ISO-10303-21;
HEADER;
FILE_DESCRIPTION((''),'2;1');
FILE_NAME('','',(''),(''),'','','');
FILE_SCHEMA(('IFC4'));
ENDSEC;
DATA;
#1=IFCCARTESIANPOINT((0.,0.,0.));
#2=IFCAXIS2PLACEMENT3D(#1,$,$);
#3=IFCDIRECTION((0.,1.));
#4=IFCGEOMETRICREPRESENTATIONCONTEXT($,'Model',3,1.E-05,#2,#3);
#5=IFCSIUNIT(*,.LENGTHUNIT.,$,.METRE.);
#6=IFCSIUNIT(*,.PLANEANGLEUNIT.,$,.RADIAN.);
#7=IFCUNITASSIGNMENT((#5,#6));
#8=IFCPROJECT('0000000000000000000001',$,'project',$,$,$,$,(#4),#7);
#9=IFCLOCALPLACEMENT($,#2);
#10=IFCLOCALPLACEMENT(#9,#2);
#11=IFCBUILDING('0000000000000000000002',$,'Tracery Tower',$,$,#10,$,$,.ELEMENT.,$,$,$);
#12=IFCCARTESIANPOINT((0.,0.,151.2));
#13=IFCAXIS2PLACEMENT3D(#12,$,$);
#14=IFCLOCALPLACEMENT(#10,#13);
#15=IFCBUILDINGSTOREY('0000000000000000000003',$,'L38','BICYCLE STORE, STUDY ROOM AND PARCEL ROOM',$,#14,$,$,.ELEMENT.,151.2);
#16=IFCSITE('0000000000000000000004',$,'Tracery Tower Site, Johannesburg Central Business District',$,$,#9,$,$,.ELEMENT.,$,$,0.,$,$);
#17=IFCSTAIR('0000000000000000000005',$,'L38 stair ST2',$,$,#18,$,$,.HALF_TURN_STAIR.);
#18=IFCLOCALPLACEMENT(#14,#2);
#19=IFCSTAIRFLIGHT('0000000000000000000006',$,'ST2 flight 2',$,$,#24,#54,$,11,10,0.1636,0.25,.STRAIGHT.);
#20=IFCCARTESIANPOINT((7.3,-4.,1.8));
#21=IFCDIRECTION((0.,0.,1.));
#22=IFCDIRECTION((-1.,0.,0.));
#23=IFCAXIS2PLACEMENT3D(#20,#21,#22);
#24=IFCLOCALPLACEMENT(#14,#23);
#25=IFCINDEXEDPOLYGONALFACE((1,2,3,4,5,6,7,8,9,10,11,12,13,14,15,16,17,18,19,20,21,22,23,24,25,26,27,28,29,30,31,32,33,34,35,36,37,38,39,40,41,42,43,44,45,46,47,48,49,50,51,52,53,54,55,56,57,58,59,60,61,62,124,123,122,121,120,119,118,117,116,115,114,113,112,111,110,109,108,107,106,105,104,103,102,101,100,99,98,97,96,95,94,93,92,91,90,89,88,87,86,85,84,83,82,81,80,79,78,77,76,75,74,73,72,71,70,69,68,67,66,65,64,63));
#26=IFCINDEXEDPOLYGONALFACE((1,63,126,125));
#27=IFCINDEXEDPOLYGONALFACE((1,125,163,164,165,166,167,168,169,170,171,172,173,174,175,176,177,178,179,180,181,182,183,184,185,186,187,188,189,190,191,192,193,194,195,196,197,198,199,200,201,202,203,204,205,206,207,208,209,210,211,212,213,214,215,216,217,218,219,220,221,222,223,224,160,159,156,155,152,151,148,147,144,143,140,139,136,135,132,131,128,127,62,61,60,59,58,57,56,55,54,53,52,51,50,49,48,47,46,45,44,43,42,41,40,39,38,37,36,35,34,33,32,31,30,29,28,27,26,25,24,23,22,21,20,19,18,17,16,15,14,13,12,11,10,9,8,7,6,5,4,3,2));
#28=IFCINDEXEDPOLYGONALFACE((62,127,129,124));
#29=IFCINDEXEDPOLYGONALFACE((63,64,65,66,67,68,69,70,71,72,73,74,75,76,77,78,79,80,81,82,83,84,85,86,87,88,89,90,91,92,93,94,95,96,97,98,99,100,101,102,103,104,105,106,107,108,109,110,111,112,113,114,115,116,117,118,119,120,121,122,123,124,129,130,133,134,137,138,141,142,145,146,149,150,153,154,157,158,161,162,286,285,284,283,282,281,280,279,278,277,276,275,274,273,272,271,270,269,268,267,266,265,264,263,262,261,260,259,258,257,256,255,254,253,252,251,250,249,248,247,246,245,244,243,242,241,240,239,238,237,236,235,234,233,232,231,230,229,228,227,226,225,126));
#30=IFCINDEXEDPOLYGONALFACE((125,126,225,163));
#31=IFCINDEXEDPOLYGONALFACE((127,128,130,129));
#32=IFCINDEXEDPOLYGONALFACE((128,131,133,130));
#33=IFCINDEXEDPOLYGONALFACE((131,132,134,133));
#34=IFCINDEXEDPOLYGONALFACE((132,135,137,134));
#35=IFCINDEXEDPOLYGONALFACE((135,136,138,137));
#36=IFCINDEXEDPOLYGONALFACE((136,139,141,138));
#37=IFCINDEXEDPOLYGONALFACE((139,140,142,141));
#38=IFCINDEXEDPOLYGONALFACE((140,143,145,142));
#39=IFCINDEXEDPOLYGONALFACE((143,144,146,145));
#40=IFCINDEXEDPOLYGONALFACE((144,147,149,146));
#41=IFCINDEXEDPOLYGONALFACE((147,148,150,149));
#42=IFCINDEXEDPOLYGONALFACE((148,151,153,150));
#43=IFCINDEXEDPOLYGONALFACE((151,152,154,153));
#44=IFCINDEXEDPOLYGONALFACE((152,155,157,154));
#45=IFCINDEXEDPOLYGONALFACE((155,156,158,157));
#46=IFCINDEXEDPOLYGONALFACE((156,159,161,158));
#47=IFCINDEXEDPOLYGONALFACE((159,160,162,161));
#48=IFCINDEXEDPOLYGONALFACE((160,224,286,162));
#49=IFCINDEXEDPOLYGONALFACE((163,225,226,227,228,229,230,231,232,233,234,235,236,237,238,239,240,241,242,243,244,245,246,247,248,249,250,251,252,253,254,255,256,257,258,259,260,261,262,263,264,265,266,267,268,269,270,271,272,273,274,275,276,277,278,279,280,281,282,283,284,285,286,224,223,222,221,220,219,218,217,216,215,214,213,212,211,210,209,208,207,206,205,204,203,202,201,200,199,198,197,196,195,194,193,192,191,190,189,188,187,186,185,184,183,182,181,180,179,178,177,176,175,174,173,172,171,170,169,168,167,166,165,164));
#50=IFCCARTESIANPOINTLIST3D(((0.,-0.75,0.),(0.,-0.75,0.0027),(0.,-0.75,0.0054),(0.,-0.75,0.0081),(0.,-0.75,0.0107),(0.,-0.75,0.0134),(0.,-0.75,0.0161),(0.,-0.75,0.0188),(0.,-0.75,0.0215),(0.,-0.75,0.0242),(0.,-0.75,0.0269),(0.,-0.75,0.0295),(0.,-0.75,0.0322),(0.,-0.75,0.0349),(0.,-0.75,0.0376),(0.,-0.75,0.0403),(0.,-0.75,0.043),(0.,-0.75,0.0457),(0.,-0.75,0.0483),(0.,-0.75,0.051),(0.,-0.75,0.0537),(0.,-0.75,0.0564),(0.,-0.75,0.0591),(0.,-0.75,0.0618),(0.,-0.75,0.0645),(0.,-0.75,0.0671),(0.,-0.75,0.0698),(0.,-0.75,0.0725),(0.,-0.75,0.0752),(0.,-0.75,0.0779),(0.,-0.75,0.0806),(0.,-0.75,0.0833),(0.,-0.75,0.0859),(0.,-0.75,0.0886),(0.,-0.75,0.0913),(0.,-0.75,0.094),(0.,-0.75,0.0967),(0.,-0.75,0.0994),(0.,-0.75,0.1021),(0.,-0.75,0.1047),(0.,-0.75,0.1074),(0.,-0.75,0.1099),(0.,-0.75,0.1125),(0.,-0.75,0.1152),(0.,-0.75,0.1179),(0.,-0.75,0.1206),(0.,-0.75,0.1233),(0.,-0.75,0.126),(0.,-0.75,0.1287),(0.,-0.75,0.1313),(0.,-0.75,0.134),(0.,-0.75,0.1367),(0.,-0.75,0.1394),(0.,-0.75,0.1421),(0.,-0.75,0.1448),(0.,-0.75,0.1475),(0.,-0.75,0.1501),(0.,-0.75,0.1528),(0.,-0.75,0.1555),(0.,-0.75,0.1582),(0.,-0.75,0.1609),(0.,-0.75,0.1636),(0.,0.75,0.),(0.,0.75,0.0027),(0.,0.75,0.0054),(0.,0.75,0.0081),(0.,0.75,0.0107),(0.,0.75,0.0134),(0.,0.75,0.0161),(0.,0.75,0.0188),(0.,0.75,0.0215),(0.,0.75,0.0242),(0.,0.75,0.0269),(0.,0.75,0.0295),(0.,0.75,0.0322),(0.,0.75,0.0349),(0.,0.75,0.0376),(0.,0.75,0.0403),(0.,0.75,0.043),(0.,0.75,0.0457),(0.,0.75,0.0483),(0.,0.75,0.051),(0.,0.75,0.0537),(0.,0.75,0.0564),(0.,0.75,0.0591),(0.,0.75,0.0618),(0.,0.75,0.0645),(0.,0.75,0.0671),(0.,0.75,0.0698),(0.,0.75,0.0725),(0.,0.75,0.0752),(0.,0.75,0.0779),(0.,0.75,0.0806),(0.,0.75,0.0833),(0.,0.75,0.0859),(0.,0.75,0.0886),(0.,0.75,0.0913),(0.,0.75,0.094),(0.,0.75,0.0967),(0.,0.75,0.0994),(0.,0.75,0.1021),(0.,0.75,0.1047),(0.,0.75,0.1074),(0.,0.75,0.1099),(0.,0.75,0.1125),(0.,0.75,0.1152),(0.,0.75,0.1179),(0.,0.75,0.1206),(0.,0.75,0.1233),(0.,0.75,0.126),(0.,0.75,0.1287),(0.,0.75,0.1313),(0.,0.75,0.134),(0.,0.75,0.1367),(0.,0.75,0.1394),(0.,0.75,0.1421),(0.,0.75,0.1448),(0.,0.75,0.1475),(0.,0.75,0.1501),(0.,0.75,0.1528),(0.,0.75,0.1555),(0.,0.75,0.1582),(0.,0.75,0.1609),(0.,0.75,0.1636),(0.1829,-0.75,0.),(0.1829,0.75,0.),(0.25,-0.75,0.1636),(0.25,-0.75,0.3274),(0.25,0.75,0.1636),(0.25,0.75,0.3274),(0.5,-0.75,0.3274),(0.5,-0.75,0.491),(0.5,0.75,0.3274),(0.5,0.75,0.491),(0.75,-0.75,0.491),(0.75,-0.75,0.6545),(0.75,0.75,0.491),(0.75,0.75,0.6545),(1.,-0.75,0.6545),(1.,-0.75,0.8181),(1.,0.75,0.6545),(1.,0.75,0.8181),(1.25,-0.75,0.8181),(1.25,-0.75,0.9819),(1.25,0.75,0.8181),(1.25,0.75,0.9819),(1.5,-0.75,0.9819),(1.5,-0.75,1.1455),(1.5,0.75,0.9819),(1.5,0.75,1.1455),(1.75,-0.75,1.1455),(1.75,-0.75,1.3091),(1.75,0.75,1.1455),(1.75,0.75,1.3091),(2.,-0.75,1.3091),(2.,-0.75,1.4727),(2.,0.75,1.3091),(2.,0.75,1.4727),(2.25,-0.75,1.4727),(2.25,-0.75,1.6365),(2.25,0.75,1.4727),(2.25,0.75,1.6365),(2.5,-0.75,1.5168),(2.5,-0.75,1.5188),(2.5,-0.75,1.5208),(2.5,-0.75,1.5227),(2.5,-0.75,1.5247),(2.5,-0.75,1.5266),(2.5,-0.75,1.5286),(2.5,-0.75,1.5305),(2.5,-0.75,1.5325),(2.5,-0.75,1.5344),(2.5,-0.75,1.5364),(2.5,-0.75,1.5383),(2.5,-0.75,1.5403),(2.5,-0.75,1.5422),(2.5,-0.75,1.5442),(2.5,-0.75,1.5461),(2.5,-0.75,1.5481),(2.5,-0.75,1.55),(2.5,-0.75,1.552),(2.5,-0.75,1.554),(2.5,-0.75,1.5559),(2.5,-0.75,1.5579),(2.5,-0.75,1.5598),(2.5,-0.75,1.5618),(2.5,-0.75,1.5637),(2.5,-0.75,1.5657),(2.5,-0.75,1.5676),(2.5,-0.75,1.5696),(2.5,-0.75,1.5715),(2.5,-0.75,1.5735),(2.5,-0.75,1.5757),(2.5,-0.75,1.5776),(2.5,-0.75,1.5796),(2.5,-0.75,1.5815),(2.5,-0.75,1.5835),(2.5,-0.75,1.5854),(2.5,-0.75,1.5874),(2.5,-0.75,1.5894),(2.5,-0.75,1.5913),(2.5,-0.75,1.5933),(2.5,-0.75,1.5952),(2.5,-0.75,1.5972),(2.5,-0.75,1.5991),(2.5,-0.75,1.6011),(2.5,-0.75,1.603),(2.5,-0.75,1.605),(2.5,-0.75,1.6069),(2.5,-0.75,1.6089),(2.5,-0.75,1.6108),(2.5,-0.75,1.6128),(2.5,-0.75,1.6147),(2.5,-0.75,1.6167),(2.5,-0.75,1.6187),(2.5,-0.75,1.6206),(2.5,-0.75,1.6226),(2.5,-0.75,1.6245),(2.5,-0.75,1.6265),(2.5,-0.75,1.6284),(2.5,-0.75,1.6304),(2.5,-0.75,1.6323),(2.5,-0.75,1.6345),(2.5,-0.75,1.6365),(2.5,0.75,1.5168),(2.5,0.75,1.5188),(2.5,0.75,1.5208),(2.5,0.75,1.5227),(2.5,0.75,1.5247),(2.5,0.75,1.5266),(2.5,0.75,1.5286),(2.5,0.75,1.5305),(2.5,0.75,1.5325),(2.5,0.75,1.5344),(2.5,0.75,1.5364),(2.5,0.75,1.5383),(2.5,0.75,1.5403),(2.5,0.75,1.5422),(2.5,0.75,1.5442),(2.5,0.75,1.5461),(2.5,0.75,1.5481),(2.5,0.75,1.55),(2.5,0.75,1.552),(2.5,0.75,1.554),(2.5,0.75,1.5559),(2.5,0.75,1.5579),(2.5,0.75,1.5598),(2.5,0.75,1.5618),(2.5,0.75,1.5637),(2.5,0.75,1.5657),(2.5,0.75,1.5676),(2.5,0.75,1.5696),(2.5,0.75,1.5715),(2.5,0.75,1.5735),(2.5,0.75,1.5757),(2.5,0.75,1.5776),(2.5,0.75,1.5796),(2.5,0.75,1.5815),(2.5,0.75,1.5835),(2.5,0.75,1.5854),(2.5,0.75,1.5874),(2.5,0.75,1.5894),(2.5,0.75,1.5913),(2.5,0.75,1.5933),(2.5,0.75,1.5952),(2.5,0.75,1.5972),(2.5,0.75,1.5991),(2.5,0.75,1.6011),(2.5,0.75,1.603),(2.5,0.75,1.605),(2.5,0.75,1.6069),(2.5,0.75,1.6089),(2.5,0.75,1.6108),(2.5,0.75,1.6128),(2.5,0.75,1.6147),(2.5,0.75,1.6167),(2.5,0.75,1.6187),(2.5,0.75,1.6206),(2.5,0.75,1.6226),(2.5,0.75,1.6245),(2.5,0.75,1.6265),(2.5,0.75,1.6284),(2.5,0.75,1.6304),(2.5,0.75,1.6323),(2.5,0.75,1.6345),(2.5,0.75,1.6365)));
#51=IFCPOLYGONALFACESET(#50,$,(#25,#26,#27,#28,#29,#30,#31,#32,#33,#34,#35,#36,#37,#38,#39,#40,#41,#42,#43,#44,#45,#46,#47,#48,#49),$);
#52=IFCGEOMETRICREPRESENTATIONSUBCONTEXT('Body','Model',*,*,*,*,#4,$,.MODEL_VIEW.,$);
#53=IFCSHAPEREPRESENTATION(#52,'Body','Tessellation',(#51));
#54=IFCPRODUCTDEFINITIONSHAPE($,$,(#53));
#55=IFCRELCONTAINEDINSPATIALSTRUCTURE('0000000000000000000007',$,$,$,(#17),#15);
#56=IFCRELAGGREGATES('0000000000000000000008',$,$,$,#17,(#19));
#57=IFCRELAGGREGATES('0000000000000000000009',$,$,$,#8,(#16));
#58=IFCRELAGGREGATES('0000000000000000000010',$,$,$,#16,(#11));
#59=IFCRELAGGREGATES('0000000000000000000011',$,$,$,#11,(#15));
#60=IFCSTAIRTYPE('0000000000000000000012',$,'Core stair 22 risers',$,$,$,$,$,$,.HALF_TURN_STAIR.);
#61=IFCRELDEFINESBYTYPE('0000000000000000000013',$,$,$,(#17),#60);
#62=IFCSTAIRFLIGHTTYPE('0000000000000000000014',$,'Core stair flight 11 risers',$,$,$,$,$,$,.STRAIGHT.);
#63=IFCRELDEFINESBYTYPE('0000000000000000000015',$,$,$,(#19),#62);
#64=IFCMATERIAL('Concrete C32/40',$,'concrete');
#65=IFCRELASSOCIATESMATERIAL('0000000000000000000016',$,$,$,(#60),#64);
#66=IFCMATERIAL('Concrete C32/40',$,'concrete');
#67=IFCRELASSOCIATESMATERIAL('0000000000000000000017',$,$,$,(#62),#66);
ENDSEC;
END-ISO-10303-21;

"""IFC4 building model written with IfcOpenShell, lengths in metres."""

from ifc_helpers import new_model, si_unit, direction, frame, origin, place, context, subcontext, project, spatial, polyline, outline, extrude, material, type_object, element, aggregate, save


model = new_model("IFC4")

# Units and contexts
model_context = context("Model", 3, precision=1e-05, world=origin(), true_north=direction((0.0, 1.0)))
body_context = subcontext(model_context, "Body", "Model", "MODEL_VIEW")
ifc_project = project(units=[si_unit("LENGTHUNIT", "METRE"), si_unit("PLANEANGLEUNIT", "RADIAN")], contexts=[model_context])

# Site, building, storey
site_placement = place(None, origin())
site = spatial("IfcSite", under=ifc_project, at=site_placement, Name="Tracery Tower Site, Johannesburg Central Business District", CompositionType="ELEMENT", RefElevation=0.0)
building_placement = place(site_placement, origin())
building = spatial("IfcBuilding", under=site, at=building_placement, Name="Tracery Tower", CompositionType="ELEMENT")
storey_placement = place(building_placement, frame((0.0, 0.0, 151.2)))
storey = spatial("IfcBuildingStorey", under=building, at=storey_placement, Name="L38", Description="BICYCLE STORE, STUDY ROOM AND PARCEL ROOM", CompositionType="ELEMENT", Elevation=151.2)

# Shared definitions
ifc_material_1 = material(Name="Concrete C32/40", Category="concrete")
stair_type = type_object("IfcStairType", Name="Core stair 22 risers", PredefinedType="HALF_TURN_STAIR", material=ifc_material_1)

# Stair, stair flight
stair_1_placement = place(storey_placement, origin())
stair_1 = element("IfcStair", 1, at=stair_1_placement, inside=storey, type_object=stair_type, Name="L38 stair ST2", PredefinedType="HALF_TURN_STAIR")
ifc_material_2 = material(Name="Concrete C32/40", Category="concrete")
stair_flight_type = type_object("IfcStairFlightType", Name="Core stair flight 11 risers", PredefinedType="STRAIGHT", material=ifc_material_2)
stair_flight_1_placement = place(storey_placement, frame((7.3, -4.0, 1.8), z_axis=(0.0, 0.0, 1.0), x_axis=(-1.0, 0.0, 0.0)))
stair_flight_1 = element("IfcStairFlight", 2, at=stair_flight_1_placement, type_object=stair_flight_type, Name="ST2 flight 2", NumberOfRisers=11, NumberOfTreads=10, PredefinedType="STRAIGHT", RiserHeight=0.1636, TreadLength=0.25, context=body_context, shape_type="SweptSolid", body=[
    extrude(outline(polyline([(0.0, 0.0), (0.0, 0.0027), (0.0, 0.0054), (0.0, 0.0081), (0.0, 0.0107), (0.0, 0.0134), (0.0, 0.0161), (0.0, 0.0188), (0.0, 0.0215), (0.0, 0.0242), (0.0, 0.0269), (0.0, 0.0295), (0.0, 0.0322), (0.0, 0.0349), (0.0, 0.0376), (0.0, 0.0403), (0.0, 0.043), (0.0, 0.0457), (0.0, 0.0483), (0.0, 0.051), (0.0, 0.0537), (0.0, 0.0564), (0.0, 0.0591), (0.0, 0.0618), (0.0, 0.0645), (0.0, 0.0671), (0.0, 0.0698), (0.0, 0.0725), (0.0, 0.0752), (0.0, 0.0779), (0.0, 0.0806), (0.0, 0.0833), (0.0, 0.0859), (0.0, 0.0886), (0.0, 0.0913), (0.0, 0.094), (0.0, 0.0967), (0.0, 0.0994), (0.0, 0.1021), (0.0, 0.1047), (0.0, 0.1074), (0.0, 0.1099), (0.0, 0.1125), (0.0, 0.1152), (0.0, 0.1179), (0.0, 0.1206), (0.0, 0.1233), (0.0, 0.126), (0.0, 0.1287), (0.0, 0.1313), (0.0, 0.134), (0.0, 0.1367), (0.0, 0.1394), (0.0, 0.1421), (0.0, 0.1448), (0.0, 0.1475), (0.0, 0.1501), (0.0, 0.1528), (0.0, 0.1555), (0.0, 0.1582), (0.0, 0.1609), (0.0, 0.1636), (0.25, 0.1636), (0.25, 0.3274), (0.5, 0.3274), (0.5, 0.491), (0.75, 0.491), (0.75, 0.6545), (1.0, 0.6545), (1.0, 0.8181), (1.25, 0.8181), (1.25, 0.9819), (1.5, 0.9819), (1.5, 1.1455), (1.75, 1.1455), (1.75, 1.3091), (2.0, 1.3091), (2.0, 1.4727), (2.25, 1.4727), (2.25, 1.6365), (2.5, 1.6365), (2.5, 1.6345), (2.5, 1.6323), (2.5, 1.6304), (2.5, 1.6284), (2.5, 1.6265), (2.5, 1.6245), (2.5, 1.6226), (2.5, 1.6206), (2.5, 1.6187), (2.5, 1.6167), (2.5, 1.6147), (2.5, 1.6128), (2.5, 1.6108), (2.5, 1.6089), (2.5, 1.6069), (2.5, 1.605), (2.5, 1.603), (2.5, 1.6011), (2.5, 1.5991), (2.5, 1.5972), (2.5, 1.5952), (2.5, 1.5933), (2.5, 1.5913), (2.5, 1.5894), (2.5, 1.5874), (2.5, 1.5854), (2.5, 1.5835), (2.5, 1.5815), (2.5, 1.5796), (2.5, 1.5776), (2.5, 1.5757), (2.5, 1.5735), (2.5, 1.5715), (2.5, 1.5696), (2.5, 1.5676), (2.5, 1.5657), (2.5, 1.5637), (2.5, 1.5618), (2.5, 1.5598), (2.5, 1.5579), (2.5, 1.5559), (2.5, 1.554), (2.5, 1.552), (2.5, 1.55), (2.5, 1.5481), (2.5, 1.5461), (2.5, 1.5442), (2.5, 1.5422), (2.5, 1.5403), (2.5, 1.5383), (2.5, 1.5364), (2.5, 1.5344), (2.5, 1.5325), (2.5, 1.5305), (2.5, 1.5286), (2.5, 1.5266), (2.5, 1.5247), (2.5, 1.5227), (2.5, 1.5208), (2.5, 1.5188), (2.5, 1.5168), (0.1829, 0.0), (0.0, 0.0)])), frame((0.0, 0.75, 0.0), z_axis=(0.0, -1.0, 0.0), x_axis=(1.0, 0.0, 0.0)), (0.0, 0.0, 1.0), 1.5),
])
aggregate(stair_1, [stair_flight_1])

save(model, "model.ifc")
